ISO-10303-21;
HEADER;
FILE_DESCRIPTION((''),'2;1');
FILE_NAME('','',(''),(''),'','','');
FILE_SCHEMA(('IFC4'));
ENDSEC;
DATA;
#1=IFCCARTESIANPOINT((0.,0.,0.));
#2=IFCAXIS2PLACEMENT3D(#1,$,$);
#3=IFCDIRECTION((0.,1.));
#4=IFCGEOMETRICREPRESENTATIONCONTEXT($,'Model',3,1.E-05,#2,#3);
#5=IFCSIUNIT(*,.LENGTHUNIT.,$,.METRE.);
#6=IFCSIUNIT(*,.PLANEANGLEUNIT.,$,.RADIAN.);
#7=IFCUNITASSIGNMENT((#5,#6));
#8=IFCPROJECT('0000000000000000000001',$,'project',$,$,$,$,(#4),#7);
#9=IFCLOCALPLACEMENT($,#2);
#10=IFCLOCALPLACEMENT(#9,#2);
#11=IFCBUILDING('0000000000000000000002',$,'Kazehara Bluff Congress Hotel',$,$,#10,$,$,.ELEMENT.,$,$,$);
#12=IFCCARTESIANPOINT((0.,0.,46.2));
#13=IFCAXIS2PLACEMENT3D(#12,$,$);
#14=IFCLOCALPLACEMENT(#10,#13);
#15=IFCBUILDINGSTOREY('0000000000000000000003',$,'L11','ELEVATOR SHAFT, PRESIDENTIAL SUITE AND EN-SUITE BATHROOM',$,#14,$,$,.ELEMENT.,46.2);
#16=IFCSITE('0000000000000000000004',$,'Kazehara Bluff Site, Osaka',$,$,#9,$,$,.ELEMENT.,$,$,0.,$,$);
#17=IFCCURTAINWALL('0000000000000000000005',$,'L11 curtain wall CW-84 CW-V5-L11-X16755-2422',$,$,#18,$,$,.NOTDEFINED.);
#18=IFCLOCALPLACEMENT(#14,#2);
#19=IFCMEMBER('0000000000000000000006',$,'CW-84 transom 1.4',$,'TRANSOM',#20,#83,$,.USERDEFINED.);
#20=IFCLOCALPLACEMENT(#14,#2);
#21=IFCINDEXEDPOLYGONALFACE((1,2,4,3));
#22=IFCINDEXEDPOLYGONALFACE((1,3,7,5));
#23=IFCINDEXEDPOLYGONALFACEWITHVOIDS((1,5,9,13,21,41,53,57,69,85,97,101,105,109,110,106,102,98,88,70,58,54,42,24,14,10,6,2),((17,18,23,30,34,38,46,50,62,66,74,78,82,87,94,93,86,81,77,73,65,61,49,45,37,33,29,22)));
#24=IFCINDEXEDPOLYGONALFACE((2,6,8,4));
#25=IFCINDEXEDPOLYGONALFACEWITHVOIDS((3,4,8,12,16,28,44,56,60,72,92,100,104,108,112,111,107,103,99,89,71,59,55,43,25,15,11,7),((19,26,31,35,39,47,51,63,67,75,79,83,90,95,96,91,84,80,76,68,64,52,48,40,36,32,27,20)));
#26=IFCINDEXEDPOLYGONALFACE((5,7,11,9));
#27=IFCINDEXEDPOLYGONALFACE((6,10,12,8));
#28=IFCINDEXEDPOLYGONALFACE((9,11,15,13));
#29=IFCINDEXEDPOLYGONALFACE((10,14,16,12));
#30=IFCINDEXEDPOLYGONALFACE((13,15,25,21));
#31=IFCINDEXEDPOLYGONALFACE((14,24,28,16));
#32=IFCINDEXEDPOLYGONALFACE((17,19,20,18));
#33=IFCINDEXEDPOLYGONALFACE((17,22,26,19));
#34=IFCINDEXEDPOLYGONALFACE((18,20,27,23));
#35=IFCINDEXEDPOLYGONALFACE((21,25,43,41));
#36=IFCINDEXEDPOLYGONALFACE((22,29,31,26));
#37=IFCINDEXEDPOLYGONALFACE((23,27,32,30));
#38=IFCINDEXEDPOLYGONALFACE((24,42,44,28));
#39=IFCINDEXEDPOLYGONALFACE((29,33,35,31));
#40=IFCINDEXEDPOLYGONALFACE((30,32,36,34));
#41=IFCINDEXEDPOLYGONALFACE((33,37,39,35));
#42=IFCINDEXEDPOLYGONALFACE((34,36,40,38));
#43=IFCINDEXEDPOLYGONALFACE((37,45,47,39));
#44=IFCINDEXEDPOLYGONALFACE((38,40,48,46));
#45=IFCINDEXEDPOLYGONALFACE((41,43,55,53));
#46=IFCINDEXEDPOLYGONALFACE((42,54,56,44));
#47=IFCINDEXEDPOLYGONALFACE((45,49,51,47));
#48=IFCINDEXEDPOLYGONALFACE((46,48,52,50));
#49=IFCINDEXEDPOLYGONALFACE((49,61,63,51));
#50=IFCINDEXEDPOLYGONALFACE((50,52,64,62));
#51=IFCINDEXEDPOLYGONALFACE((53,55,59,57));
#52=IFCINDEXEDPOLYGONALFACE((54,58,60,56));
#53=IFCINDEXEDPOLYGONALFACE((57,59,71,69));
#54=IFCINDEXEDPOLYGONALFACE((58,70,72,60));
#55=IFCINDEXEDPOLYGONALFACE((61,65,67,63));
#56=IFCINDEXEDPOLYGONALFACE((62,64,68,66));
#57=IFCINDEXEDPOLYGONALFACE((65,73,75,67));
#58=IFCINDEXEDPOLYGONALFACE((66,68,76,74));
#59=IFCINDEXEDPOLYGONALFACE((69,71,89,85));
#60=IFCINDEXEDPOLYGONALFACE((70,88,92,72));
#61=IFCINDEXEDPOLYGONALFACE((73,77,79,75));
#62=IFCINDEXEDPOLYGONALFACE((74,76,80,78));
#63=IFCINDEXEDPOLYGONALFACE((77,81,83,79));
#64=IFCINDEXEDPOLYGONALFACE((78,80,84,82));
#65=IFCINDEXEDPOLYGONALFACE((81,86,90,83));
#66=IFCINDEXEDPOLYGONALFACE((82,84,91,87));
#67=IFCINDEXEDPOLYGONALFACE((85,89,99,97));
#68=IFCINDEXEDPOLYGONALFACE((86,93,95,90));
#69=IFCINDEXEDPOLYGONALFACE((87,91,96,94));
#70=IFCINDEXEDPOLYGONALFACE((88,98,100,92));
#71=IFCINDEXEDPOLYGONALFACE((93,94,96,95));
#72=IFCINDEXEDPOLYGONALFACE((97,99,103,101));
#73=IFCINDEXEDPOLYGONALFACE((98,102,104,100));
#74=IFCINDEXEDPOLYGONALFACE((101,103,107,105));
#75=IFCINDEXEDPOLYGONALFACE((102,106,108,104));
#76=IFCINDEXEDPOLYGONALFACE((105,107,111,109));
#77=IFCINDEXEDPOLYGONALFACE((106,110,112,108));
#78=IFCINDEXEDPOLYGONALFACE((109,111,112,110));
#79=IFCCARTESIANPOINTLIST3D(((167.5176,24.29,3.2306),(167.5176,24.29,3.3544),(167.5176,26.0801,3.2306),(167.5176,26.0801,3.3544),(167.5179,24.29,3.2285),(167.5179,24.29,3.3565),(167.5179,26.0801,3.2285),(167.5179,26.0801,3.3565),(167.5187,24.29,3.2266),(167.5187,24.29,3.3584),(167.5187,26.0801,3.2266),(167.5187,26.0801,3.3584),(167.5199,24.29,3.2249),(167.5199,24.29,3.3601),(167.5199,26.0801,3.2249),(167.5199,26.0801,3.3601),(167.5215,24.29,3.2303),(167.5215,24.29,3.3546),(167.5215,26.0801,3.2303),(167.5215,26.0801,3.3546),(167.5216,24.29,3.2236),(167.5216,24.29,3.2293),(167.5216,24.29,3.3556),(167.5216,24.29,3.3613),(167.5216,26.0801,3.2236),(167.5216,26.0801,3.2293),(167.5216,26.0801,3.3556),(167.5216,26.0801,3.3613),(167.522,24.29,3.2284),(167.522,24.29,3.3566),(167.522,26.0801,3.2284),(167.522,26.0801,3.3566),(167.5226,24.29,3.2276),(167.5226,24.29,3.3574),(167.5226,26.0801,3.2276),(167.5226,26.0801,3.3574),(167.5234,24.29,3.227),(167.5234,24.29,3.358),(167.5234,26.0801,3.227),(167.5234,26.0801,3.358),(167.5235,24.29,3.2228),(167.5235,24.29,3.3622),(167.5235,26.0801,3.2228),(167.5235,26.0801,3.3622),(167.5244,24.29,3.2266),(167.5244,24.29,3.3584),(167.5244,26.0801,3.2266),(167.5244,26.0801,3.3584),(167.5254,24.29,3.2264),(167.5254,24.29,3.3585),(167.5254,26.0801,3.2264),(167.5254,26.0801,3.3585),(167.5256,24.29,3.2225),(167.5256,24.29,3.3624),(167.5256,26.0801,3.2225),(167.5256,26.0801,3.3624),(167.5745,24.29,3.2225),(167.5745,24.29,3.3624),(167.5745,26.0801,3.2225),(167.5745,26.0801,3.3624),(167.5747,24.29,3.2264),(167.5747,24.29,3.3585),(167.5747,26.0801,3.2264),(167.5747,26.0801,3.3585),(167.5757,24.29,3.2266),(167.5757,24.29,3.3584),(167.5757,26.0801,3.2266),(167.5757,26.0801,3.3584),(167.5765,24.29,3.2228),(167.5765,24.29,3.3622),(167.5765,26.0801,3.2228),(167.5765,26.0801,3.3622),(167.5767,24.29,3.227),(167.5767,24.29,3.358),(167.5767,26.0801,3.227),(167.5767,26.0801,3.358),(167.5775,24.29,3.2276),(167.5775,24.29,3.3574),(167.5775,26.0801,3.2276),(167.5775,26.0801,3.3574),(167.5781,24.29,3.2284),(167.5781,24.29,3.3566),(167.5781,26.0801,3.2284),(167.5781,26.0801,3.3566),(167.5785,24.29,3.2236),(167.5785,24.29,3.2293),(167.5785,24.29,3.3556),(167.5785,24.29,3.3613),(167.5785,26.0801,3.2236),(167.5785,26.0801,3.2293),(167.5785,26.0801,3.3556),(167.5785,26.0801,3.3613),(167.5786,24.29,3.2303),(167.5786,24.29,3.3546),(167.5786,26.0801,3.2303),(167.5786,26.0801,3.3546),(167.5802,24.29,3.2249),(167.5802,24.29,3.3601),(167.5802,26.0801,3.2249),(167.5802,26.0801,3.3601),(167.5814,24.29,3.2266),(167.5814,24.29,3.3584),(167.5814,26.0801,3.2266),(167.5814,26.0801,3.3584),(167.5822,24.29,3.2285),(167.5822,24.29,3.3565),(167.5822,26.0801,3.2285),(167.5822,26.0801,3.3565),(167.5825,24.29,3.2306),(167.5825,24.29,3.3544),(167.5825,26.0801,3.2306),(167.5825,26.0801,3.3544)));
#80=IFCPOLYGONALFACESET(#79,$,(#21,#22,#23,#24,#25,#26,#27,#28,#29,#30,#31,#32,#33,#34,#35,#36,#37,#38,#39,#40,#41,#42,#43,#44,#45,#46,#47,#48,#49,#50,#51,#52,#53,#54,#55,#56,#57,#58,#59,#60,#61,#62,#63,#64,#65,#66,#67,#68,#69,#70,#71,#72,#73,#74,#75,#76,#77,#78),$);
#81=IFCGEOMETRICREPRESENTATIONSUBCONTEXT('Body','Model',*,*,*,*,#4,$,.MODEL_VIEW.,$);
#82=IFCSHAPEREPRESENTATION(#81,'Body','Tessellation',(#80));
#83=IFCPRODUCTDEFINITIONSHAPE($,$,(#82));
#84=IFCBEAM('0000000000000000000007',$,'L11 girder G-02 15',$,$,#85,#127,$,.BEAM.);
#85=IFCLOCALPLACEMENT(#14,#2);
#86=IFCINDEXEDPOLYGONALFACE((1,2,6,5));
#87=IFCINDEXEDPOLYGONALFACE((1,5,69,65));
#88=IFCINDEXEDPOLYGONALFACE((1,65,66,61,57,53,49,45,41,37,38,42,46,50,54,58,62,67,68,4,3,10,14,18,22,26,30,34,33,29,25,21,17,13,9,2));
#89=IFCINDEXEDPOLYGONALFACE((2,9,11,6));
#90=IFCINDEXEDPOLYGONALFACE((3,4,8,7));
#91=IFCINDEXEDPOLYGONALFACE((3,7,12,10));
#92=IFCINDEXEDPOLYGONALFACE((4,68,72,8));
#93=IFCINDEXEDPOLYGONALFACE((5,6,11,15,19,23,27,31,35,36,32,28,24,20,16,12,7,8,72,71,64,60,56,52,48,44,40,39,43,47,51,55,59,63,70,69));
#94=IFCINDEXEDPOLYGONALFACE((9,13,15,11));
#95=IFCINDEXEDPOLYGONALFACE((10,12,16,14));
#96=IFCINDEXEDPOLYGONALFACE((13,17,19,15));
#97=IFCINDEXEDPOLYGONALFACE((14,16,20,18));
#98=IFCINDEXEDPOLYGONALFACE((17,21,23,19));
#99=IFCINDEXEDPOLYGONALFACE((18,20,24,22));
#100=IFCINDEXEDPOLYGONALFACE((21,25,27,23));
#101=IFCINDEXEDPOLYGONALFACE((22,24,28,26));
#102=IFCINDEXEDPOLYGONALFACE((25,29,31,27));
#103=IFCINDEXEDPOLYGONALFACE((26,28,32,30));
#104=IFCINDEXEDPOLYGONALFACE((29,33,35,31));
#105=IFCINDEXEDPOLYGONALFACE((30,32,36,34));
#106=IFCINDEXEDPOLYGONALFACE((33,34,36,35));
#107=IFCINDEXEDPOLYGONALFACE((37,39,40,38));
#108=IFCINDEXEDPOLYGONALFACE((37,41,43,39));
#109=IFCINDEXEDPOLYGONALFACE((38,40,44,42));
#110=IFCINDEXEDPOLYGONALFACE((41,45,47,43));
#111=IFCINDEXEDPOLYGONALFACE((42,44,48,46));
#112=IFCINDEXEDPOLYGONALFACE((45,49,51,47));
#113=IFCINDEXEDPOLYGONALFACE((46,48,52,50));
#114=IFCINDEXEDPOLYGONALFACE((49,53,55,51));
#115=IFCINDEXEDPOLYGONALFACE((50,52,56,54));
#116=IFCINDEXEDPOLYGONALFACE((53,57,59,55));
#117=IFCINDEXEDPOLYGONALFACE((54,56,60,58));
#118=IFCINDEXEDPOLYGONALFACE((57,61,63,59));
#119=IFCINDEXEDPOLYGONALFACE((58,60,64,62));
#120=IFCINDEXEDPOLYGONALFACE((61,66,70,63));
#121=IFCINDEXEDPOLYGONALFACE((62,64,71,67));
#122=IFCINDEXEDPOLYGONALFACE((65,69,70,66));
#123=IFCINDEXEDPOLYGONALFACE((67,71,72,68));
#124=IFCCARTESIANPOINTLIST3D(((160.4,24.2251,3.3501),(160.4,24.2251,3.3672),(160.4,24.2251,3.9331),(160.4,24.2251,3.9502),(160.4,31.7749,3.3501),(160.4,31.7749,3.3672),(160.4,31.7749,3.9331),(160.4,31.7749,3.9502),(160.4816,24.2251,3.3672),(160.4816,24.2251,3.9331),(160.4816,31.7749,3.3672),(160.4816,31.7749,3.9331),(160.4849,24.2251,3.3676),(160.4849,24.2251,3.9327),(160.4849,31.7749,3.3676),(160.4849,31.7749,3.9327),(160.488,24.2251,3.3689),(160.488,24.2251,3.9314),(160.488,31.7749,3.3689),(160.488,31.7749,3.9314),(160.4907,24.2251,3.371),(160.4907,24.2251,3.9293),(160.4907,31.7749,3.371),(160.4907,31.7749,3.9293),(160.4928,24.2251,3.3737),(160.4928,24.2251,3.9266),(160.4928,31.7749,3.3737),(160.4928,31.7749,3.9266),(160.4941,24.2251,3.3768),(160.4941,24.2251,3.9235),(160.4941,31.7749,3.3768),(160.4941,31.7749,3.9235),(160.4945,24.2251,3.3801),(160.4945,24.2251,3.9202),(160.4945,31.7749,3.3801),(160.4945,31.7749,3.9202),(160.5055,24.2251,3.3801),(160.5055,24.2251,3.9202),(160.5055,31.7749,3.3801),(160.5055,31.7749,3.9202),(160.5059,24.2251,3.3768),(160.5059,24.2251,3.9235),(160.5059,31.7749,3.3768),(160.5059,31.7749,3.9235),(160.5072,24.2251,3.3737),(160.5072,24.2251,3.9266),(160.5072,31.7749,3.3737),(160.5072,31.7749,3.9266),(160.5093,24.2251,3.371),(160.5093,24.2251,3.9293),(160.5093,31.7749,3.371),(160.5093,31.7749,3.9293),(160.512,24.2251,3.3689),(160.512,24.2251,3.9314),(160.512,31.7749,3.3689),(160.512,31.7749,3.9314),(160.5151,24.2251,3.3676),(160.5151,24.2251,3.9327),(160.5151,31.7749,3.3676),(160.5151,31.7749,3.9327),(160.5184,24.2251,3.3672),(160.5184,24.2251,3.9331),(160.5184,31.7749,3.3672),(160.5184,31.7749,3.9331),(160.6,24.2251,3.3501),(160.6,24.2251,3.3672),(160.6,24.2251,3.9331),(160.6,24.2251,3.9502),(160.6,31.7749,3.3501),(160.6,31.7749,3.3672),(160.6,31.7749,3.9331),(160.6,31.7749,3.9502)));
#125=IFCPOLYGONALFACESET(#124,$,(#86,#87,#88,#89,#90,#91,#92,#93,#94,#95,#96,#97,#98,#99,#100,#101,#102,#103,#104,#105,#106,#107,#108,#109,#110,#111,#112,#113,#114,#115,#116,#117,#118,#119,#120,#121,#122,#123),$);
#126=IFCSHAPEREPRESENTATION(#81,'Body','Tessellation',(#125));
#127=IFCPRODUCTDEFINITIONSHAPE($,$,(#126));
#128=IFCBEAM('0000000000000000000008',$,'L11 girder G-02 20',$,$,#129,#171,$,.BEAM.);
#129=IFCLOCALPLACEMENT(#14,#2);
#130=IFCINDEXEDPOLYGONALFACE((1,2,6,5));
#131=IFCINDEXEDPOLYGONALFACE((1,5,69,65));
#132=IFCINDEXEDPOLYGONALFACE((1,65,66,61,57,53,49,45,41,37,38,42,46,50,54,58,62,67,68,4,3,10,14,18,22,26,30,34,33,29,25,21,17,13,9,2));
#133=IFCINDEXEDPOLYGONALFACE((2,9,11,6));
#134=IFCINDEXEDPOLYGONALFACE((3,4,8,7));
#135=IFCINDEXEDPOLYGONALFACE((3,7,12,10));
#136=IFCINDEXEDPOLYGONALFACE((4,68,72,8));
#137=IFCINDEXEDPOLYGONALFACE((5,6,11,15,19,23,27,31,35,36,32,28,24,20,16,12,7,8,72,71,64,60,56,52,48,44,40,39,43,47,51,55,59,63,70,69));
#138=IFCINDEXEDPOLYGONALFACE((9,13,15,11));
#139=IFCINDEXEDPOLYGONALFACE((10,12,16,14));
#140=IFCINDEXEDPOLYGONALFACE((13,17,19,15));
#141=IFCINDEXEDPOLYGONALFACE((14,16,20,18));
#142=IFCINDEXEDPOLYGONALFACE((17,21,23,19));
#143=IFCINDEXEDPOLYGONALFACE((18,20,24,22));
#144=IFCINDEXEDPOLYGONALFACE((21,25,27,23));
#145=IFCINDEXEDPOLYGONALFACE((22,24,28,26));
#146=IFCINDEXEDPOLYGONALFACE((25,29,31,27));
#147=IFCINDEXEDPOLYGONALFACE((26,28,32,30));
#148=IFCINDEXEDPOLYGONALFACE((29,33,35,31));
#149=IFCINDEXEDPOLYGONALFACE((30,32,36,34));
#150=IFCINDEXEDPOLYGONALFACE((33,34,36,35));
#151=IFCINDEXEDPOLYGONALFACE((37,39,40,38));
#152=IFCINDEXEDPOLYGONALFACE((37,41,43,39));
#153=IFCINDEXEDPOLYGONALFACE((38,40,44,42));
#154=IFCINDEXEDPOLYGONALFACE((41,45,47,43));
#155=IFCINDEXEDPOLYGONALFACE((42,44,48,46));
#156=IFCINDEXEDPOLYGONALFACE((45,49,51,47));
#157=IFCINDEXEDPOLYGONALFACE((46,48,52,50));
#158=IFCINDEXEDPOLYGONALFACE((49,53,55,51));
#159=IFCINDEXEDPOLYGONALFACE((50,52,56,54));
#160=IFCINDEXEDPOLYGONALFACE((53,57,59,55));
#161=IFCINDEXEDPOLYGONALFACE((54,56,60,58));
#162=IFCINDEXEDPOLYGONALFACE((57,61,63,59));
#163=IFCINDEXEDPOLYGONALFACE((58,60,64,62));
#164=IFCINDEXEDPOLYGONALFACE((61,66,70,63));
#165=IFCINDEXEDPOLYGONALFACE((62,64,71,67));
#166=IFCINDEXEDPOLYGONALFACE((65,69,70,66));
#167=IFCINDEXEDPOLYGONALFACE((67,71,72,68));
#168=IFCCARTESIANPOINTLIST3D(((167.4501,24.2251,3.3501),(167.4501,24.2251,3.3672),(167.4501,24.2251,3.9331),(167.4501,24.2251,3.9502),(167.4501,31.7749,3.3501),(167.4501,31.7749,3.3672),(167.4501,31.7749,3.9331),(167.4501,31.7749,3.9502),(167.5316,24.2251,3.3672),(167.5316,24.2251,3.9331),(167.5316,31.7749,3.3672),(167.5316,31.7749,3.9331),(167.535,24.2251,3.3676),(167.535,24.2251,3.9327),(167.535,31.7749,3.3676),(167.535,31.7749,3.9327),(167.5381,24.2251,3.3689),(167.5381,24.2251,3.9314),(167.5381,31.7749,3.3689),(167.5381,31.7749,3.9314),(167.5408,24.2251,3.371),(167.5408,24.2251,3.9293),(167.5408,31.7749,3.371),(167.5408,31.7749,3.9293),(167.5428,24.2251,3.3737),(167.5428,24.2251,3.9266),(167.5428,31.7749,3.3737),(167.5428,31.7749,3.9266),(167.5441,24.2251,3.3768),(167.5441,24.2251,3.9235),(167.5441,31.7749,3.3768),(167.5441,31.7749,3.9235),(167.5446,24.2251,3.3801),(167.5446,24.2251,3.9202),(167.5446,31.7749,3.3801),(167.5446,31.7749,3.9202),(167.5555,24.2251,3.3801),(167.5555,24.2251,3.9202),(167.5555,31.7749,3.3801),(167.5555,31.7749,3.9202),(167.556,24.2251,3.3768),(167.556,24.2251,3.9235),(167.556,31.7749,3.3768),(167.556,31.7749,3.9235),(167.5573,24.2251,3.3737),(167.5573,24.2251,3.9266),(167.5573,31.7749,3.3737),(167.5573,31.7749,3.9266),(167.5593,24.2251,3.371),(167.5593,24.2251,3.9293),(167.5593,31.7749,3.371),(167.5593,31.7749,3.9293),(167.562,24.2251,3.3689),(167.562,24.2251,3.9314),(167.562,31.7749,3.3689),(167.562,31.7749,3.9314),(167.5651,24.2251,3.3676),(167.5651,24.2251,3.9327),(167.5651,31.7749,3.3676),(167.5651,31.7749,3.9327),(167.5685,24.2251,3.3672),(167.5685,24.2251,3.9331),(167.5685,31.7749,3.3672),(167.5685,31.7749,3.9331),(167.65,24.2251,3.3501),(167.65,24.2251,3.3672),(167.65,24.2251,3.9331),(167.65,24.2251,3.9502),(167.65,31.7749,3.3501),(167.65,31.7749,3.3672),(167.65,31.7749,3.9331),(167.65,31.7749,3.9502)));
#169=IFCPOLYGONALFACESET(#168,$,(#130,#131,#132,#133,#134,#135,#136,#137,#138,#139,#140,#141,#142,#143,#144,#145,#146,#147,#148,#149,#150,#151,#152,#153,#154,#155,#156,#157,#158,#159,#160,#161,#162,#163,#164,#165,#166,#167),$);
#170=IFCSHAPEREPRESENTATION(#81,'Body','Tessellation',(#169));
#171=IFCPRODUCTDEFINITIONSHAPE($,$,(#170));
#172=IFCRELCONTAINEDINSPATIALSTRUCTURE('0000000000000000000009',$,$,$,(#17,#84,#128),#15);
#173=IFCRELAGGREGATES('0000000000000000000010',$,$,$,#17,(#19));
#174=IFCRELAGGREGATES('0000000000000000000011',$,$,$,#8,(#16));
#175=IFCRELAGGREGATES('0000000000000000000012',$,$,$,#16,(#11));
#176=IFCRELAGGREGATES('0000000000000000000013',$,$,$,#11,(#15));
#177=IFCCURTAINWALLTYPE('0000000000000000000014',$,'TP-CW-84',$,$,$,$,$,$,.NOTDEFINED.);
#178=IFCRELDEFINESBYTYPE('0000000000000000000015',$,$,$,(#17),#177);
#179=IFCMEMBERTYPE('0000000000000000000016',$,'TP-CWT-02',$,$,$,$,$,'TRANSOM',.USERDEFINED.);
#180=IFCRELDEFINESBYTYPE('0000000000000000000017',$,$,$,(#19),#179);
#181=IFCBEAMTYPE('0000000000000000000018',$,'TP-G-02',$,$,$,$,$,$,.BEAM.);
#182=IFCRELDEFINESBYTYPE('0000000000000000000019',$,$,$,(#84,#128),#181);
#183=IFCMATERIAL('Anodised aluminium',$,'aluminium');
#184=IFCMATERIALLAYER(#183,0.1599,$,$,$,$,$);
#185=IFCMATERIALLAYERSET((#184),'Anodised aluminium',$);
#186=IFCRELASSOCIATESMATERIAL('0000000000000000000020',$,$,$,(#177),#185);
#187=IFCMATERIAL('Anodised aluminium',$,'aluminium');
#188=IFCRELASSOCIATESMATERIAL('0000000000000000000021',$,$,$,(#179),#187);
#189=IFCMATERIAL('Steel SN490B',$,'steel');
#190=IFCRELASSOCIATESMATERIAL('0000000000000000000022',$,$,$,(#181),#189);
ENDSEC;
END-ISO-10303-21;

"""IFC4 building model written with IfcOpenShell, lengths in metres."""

from ifc_helpers import new_model, si_unit, direction, frame, origin, origin_2d, place, context, subcontext, project, spatial, hollow_rectangle, i_section, extrude, material, layer, layer_set, material_profile, profile_set, type_object, element, aggregate, save


model = new_model("IFC4")

# Units and contexts
model_context = context("Model", 3, precision=1e-05, world=origin(), true_north=direction((0.0, 1.0)))
body_context = subcontext(model_context, "Body", "Model", "MODEL_VIEW")
ifc_project = project(units=[si_unit("LENGTHUNIT", "METRE"), si_unit("PLANEANGLEUNIT", "RADIAN")], contexts=[model_context])

# Site, building, storey
site_placement = place(None, origin())
site = spatial("IfcSite", under=ifc_project, at=site_placement, Name="Kazehara Bluff Site, Osaka", CompositionType="ELEMENT", RefElevation=0.0)
building_placement = place(site_placement, origin())
building = spatial("IfcBuilding", under=site, at=building_placement, Name="Kazehara Bluff Congress Hotel", CompositionType="ELEMENT")
storey_placement = place(building_placement, frame((0.0, 0.0, 46.2)))
storey = spatial("IfcBuildingStorey", under=building, at=storey_placement, Name="L11", Description="ELEVATOR SHAFT, PRESIDENTIAL SUITE AND EN-SUITE BATHROOM", CompositionType="ELEMENT", Elevation=46.2)

# Curtain wall
ifc_material_1 = material(Name="Anodised aluminium", Category="aluminium")
ifc_layer_1 = layer(ifc_material_1, 0.1599)
ifc_layer_set_1 = layer_set([ifc_layer_1], Name="Anodised aluminium")
curtain_wall_type_1 = type_object("IfcCurtainWallType", Name="TP-CW-84", PredefinedType="NOTDEFINED", material=ifc_layer_set_1)
curtain_wall_1_placement = place(storey_placement, origin())
curtain_wall_1 = element("IfcCurtainWall", 1, at=curtain_wall_1_placement, inside=storey, type_object=curtain_wall_type_1, Name="L11 curtain wall CW-84 CW-V5-L11-X16755-2422", PredefinedType="NOTDEFINED")

# Member
ifc_material_2 = material(Name="Anodised aluminium", Category="aluminium")
ifc_material_profile_1 = material_profile(ifc_material_2, hollow_rectangle(XDim=0.0649, YDim=0.1399, WallThickness=0.0039, InnerFilletRadius=0.0039, OuterFilletRadius=0.0081, at=origin_2d()))
ifc_profile_set_1 = profile_set([ifc_material_profile_1], Name="Anodised aluminium")
member_type_1 = type_object("IfcMemberType", Name="TP-CWT-02", ElementType="TRANSOM", PredefinedType="USERDEFINED", material=ifc_profile_set_1)
member_1_placement = place(storey_placement, frame((167.55, 24.29, 3.2925), z_axis=(0.0, 1.0, 0.0), x_axis=(-1.0, 0.0, 0.0)))
member_1 = element("IfcMember", 2, at=member_1_placement, type_object=member_type_1, Name="CW-84 transom 1.4", ObjectType="TRANSOM", PredefinedType="USERDEFINED", context=body_context, shape_type="SweptSolid", body=[
    extrude(hollow_rectangle(XDim=0.0649, YDim=0.1399, WallThickness=0.0039, InnerFilletRadius=0.0039, OuterFilletRadius=0.0081, at=origin_2d()), origin(), (0.0, 0.0, 1.0), 1.79),
])

# Beams
ifc_material_3 = material(Name="Steel SN490B", Category="steel")
ifc_material_profile_2 = material_profile(ifc_material_3, i_section(OverallWidth=0.2, OverallDepth=0.6001, WebThickness=0.011, FlangeThickness=0.0171, FilletRadius=0.0129, at=origin_2d()))
ifc_profile_set_2 = profile_set([ifc_material_profile_2], Name="Steel SN490B")
beam_type_1 = type_object("IfcBeamType", Name="TP-G-02", PredefinedType="BEAM", material=ifc_profile_set_2)
for number, where, z_axis, x_axis, name in (
    (3, (160.5, 24.2251, 3.6501), (0.0, 1.0, 0.0), (-1.0, 0.0, 0.0), "L11 girder G-02 15"),
    (4, (167.55, 24.2251, 3.6501), (0.0, 1.0, 0.0), (-1.0, 0.0, 0.0), "L11 girder G-02 20"),
):
    element("IfcBeam", number, at=place(storey_placement, frame(where, z_axis=z_axis, x_axis=x_axis)), inside=storey, type_object=beam_type_1, Name=name, PredefinedType="BEAM", context=body_context, shape_type="SweptSolid", body=[
        extrude(i_section(OverallWidth=0.2, OverallDepth=0.6001, WebThickness=0.011, FlangeThickness=0.0171, FilletRadius=0.0129, at=origin_2d()), origin(), (0.0, 0.0, 1.0), 7.5498),
    ])

aggregate(curtain_wall_1, [member_1])

save(model, "model.ifc")
